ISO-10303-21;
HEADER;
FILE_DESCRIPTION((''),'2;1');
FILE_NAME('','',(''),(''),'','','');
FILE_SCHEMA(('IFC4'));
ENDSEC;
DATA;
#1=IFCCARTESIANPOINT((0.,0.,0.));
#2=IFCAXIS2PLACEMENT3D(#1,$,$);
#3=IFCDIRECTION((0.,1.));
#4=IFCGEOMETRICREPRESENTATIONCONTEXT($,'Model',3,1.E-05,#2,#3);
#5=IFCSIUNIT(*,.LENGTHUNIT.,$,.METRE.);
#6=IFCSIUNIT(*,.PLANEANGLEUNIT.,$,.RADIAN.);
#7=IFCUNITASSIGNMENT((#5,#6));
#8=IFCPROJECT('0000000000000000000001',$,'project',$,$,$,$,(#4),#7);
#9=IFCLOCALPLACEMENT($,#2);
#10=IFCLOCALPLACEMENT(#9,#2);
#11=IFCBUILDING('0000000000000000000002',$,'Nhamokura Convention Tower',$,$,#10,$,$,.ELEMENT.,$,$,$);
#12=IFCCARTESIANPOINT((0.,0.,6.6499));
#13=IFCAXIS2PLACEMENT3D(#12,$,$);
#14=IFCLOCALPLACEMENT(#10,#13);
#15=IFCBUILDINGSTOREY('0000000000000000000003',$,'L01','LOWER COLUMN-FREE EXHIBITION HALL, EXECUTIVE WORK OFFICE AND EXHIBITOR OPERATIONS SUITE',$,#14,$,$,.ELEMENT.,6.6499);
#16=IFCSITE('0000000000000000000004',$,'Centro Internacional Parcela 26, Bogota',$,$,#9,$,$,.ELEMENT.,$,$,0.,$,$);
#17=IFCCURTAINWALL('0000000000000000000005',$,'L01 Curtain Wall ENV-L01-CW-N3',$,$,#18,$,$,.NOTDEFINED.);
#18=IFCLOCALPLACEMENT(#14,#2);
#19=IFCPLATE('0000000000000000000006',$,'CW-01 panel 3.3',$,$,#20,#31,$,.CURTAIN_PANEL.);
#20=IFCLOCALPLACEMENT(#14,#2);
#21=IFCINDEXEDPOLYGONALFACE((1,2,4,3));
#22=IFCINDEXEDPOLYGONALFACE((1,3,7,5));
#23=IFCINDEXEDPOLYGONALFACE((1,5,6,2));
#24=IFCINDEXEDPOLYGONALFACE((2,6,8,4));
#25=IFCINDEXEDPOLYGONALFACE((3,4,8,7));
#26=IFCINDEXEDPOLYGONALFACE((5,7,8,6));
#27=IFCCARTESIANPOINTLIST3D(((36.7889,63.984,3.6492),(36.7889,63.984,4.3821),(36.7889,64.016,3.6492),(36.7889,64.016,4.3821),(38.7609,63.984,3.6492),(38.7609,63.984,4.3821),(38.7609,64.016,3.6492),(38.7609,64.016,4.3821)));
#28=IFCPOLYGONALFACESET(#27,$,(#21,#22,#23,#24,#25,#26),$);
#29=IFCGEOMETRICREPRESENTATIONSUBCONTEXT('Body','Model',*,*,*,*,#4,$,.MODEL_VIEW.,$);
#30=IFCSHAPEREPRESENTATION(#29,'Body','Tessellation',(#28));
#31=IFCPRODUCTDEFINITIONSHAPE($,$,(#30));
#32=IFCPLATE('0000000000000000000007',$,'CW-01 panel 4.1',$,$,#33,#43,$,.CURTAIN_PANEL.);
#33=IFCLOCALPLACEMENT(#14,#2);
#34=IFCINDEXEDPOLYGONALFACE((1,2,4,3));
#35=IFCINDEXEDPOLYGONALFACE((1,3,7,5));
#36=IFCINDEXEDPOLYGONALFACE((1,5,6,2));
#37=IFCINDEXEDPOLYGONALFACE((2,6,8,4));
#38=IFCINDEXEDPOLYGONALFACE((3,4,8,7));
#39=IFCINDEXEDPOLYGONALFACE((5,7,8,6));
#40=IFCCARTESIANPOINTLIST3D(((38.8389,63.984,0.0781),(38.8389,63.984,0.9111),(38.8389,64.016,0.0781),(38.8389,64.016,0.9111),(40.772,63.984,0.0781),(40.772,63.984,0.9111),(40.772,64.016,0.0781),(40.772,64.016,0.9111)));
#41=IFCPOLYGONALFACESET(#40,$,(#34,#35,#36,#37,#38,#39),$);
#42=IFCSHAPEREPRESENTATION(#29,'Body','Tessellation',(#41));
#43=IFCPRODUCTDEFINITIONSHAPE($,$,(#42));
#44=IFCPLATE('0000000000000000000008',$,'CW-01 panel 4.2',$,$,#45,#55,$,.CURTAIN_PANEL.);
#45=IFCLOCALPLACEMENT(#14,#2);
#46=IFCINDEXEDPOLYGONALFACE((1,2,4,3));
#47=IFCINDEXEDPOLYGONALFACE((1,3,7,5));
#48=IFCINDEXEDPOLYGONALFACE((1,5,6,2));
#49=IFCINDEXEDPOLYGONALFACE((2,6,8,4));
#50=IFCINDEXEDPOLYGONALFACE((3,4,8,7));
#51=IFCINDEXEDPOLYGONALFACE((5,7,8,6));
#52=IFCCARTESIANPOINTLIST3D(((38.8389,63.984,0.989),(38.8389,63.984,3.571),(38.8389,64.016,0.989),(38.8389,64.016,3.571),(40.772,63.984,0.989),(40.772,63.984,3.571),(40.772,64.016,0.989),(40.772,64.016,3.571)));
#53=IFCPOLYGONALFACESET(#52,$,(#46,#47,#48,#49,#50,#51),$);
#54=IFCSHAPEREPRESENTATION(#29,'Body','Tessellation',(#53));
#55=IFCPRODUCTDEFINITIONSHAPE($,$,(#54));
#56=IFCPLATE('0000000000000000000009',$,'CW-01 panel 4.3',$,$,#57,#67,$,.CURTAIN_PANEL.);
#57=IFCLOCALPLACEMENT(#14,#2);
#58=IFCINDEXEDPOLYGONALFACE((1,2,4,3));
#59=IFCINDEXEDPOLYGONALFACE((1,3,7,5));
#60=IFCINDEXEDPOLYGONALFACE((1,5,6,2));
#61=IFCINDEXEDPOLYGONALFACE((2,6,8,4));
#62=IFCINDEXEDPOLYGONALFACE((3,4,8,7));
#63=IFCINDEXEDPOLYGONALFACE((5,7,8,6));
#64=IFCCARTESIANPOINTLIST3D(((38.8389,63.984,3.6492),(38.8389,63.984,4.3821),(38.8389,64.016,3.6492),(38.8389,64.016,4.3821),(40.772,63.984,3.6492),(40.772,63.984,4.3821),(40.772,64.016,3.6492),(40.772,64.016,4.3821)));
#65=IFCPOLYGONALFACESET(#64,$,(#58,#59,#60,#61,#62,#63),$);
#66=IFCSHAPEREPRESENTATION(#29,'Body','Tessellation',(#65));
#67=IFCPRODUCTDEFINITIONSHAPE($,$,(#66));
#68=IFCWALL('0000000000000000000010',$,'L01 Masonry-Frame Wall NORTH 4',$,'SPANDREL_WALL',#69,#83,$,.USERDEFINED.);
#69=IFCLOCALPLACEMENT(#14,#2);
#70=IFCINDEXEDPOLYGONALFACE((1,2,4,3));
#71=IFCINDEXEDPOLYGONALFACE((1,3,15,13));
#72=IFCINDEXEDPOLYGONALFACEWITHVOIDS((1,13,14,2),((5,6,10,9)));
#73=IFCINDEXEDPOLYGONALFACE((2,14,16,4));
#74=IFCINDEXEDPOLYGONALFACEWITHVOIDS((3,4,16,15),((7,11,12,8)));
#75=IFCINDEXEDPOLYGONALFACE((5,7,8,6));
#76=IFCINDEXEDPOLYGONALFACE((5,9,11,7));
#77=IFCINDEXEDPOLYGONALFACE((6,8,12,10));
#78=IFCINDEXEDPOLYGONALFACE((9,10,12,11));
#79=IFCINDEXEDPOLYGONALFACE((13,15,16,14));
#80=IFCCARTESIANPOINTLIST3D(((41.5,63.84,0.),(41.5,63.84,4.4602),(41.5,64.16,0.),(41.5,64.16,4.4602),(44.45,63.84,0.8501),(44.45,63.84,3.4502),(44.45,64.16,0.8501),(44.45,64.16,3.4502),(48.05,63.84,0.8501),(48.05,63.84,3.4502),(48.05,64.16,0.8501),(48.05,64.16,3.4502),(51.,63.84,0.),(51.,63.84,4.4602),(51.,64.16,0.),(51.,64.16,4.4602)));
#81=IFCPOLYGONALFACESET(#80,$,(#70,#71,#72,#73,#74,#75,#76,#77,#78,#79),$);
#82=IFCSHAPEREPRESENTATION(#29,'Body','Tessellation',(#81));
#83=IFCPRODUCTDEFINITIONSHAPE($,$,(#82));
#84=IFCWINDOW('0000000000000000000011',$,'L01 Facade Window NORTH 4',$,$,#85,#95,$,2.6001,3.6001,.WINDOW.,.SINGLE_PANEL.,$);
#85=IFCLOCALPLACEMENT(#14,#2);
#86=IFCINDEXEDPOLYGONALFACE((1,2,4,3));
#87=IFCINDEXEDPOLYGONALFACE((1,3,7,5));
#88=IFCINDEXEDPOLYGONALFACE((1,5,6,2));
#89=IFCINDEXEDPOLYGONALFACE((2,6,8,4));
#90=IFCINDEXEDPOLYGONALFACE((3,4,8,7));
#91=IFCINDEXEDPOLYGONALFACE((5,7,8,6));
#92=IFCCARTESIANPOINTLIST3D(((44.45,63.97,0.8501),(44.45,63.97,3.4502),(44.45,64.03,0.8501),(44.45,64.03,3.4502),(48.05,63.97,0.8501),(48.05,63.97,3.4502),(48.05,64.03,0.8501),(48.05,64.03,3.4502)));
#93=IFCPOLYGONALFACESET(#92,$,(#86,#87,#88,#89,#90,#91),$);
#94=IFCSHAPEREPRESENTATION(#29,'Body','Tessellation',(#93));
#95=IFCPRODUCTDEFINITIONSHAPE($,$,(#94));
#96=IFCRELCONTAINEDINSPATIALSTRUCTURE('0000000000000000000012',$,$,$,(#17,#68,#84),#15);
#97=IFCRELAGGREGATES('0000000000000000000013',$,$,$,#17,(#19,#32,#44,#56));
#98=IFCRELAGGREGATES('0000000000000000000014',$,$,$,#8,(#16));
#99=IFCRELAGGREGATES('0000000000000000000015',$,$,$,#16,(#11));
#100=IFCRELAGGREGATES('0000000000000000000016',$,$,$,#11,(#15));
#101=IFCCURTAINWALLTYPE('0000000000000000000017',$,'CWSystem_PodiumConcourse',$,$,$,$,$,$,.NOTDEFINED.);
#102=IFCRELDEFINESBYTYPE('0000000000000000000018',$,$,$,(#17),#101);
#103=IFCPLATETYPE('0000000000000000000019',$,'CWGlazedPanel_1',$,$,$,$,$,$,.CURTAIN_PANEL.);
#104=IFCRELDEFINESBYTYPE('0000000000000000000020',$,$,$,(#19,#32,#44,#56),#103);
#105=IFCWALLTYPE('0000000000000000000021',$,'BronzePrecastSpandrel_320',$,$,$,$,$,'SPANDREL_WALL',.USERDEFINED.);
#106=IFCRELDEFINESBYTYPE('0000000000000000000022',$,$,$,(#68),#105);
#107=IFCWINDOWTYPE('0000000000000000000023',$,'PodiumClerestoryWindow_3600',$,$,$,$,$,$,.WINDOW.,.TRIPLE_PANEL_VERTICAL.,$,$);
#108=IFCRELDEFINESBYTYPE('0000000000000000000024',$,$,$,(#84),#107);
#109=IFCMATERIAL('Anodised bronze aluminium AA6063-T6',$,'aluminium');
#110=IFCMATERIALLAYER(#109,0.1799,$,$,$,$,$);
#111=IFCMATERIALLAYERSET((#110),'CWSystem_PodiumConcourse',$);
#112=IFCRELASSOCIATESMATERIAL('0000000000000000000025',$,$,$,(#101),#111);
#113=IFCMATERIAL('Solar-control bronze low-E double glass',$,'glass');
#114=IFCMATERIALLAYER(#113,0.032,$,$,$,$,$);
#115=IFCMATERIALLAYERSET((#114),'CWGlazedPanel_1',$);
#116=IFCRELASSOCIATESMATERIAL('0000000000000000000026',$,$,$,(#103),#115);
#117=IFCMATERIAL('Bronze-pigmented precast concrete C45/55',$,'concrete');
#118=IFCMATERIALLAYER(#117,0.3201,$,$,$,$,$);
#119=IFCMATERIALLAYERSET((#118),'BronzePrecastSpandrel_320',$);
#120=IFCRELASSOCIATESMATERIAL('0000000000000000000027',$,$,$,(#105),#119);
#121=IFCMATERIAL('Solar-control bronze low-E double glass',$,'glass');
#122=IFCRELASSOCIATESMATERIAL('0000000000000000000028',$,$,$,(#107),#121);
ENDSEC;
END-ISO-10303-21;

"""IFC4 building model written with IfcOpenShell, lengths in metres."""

from ifc_helpers import new_model, si_unit, direction, frame, frame_2d, origin, origin_2d, place, context, subcontext, project, spatial, rectangle, extrude, material, layer, layer_set, type_object, element, fill, aggregate, save


model = new_model("IFC4")

# Units and contexts
model_context = context("Model", 3, precision=1e-05, world=origin(), true_north=direction((0.0, 1.0)))
body_context = subcontext(model_context, "Body", "Model", "MODEL_VIEW")
ifc_project = project(units=[si_unit("LENGTHUNIT", "METRE"), si_unit("PLANEANGLEUNIT", "RADIAN")], contexts=[model_context])

# Site, building, storey
site_placement = place(None, origin())
site = spatial("IfcSite", under=ifc_project, at=site_placement, Name="Centro Internacional Parcela 26, Bogota", CompositionType="ELEMENT", RefElevation=0.0)
building_placement = place(site_placement, origin())
building = spatial("IfcBuilding", under=site, at=building_placement, Name="Nhamokura Convention Tower", CompositionType="ELEMENT")
storey_placement = place(building_placement, frame((0.0, 0.0, 6.6499)))
storey = spatial("IfcBuildingStorey", under=building, at=storey_placement, Name="L01", Description="LOWER COLUMN-FREE EXHIBITION HALL, EXECUTIVE WORK OFFICE AND EXHIBITOR OPERATIONS SUITE", CompositionType="ELEMENT", Elevation=6.6499)

# Curtain wall
ifc_material_1 = material(Name="Anodised bronze aluminium AA6063-T6", Category="aluminium")
ifc_layer_1 = layer(ifc_material_1, 0.1799)
ifc_layer_set_1 = layer_set([ifc_layer_1], Name="CWSystem_PodiumConcourse")
curtain_wall_type = type_object("IfcCurtainWallType", Name="CWSystem_PodiumConcourse", PredefinedType="NOTDEFINED", material=ifc_layer_set_1)
curtain_wall_placement = place(storey_placement, origin())
curtain_wall = element("IfcCurtainWall", 1, at=curtain_wall_placement, inside=storey, type_object=curtain_wall_type, Name="L01 Curtain Wall ENV-L01-CW-N3", PredefinedType="NOTDEFINED")

# Plates
ifc_material_2 = material(Name="Solar-control bronze low-E double glass", Category="glass")
ifc_layer_2 = layer(ifc_material_2, 0.032)
ifc_layer_set_2 = layer_set([ifc_layer_2], Name="CWGlazedPanel_1")
plate_type = type_object("IfcPlateType", Name="CWGlazedPanel_1", PredefinedType="CURTAIN_PANEL", material=ifc_layer_set_2)
plate_1_placement = place(storey_placement, frame((37.7749, 64.0, 3.6492), z_axis=(0.0, 0.0, 1.0), x_axis=(1.0, 0.0, 0.0)))
plate_1 = element("IfcPlate", 2, at=plate_1_placement, type_object=plate_type, Name="CW-01 panel 3.3", PredefinedType="CURTAIN_PANEL", context=body_context, shape_type="SweptSolid", body=[
    extrude(rectangle(XDim=1.9719, YDim=0.032, at=origin_2d()), origin(), (0.0, 0.0, 1.0), 0.7329),
])
plate_2_placement = place(storey_placement, frame((39.8054, 64.0, 0.0781), z_axis=(0.0, 0.0, 1.0), x_axis=(1.0, 0.0, 0.0)))
plate_2 = element("IfcPlate", 3, at=plate_2_placement, type_object=plate_type, Name="CW-01 panel 4.1", PredefinedType="CURTAIN_PANEL", context=body_context, shape_type="SweptSolid", body=[
    extrude(rectangle(XDim=1.9331, YDim=0.032, at=origin_2d()), origin(), (0.0, 0.0, 1.0), 0.833),
])
plate_3_placement = place(storey_placement, frame((39.8054, 64.0, 0.989), z_axis=(0.0, 0.0, 1.0), x_axis=(1.0, 0.0, 0.0)))
plate_3 = element("IfcPlate", 4, at=plate_3_placement, type_object=plate_type, Name="CW-01 panel 4.2", PredefinedType="CURTAIN_PANEL", context=body_context, shape_type="SweptSolid", body=[
    extrude(rectangle(XDim=1.9331, YDim=0.032, at=origin_2d()), origin(), (0.0, 0.0, 1.0), 2.582),
])
plate_4_placement = place(storey_placement, frame((39.8054, 64.0, 3.6492), z_axis=(0.0, 0.0, 1.0), x_axis=(1.0, 0.0, 0.0)))
plate_4 = element("IfcPlate", 5, at=plate_4_placement, type_object=plate_type, Name="CW-01 panel 4.3", PredefinedType="CURTAIN_PANEL", context=body_context, shape_type="SweptSolid", body=[
    extrude(rectangle(XDim=1.9331, YDim=0.032, at=origin_2d()), origin(), (0.0, 0.0, 1.0), 0.7329),
])
aggregate(curtain_wall, [plate_1, plate_2, plate_3, plate_4])

# Wall, opening, window
ifc_material_3 = material(Name="Bronze-pigmented precast concrete C45/55", Category="concrete")
ifc_layer_3 = layer(ifc_material_3, 0.3201)
ifc_layer_set_3 = layer_set([ifc_layer_3], Name="BronzePrecastSpandrel_320")
wall_type = type_object("IfcWallType", Name="BronzePrecastSpandrel_320", ElementType="SPANDREL_WALL", PredefinedType="USERDEFINED", material=ifc_layer_set_3)
wall_placement = place(storey_placement, frame((41.5, 64.0, 0.0), z_axis=(0.0, 0.0, 1.0), x_axis=(1.0, 0.0, 0.0)))
wall = element("IfcWall", 6, at=wall_placement, inside=storey, type_object=wall_type, Name="L01 Masonry-Frame Wall NORTH 4", ObjectType="SPANDREL_WALL", PredefinedType="USERDEFINED", context=body_context, shape_type="SweptSolid", body=[
    extrude(rectangle(XDim=9.5, YDim=0.3201, at=frame_2d((4.75, 0.0))), origin(), (0.0, 0.0, 1.0), 4.4602),
])
opening_placement = place(wall_placement, frame((2.95, 0.0, 0.8501)))
opening = element("IfcOpeningElement", 7, at=opening_placement, cuts=wall, PredefinedType="OPENING", context=body_context, shape_type="SweptSolid", body=[
    extrude(rectangle(XDim=3.6001, YDim=2.6001, at=frame_2d((1.8, 1.3))), frame((0.0, 0.1699, 0.0), z_axis=(0.0, -1.0, 0.0), x_axis=(1.0, 0.0, 0.0)), (0.0, 0.0, 1.0), 0.3401),
])
ifc_material_4 = material(Name="Solar-control bronze low-E double glass", Category="glass")
window_type = type_object("IfcWindowType", Name="PodiumClerestoryWindow_3600", PartitioningType="TRIPLE_PANEL_VERTICAL", PredefinedType="WINDOW", material=ifc_material_4)
window_placement = place(opening_placement, origin())
window = element("IfcWindow", 8, at=window_placement, inside=storey, type_object=window_type, Name="L01 Facade Window NORTH 4", OverallHeight=2.6001, OverallWidth=3.6001, PartitioningType="SINGLE_PANEL", PredefinedType="WINDOW", context=body_context, shape_type="SweptSolid", body=[
    extrude(rectangle(XDim=3.6001, YDim=2.6001, at=frame_2d((1.8, 1.3))), frame((0.0, 0.03, 0.0), z_axis=(0.0, -1.0, 0.0), x_axis=(1.0, 0.0, 0.0)), (0.0, 0.0, 1.0), 0.0601),
])
fill(opening, window)

save(model, "model.ifc")
